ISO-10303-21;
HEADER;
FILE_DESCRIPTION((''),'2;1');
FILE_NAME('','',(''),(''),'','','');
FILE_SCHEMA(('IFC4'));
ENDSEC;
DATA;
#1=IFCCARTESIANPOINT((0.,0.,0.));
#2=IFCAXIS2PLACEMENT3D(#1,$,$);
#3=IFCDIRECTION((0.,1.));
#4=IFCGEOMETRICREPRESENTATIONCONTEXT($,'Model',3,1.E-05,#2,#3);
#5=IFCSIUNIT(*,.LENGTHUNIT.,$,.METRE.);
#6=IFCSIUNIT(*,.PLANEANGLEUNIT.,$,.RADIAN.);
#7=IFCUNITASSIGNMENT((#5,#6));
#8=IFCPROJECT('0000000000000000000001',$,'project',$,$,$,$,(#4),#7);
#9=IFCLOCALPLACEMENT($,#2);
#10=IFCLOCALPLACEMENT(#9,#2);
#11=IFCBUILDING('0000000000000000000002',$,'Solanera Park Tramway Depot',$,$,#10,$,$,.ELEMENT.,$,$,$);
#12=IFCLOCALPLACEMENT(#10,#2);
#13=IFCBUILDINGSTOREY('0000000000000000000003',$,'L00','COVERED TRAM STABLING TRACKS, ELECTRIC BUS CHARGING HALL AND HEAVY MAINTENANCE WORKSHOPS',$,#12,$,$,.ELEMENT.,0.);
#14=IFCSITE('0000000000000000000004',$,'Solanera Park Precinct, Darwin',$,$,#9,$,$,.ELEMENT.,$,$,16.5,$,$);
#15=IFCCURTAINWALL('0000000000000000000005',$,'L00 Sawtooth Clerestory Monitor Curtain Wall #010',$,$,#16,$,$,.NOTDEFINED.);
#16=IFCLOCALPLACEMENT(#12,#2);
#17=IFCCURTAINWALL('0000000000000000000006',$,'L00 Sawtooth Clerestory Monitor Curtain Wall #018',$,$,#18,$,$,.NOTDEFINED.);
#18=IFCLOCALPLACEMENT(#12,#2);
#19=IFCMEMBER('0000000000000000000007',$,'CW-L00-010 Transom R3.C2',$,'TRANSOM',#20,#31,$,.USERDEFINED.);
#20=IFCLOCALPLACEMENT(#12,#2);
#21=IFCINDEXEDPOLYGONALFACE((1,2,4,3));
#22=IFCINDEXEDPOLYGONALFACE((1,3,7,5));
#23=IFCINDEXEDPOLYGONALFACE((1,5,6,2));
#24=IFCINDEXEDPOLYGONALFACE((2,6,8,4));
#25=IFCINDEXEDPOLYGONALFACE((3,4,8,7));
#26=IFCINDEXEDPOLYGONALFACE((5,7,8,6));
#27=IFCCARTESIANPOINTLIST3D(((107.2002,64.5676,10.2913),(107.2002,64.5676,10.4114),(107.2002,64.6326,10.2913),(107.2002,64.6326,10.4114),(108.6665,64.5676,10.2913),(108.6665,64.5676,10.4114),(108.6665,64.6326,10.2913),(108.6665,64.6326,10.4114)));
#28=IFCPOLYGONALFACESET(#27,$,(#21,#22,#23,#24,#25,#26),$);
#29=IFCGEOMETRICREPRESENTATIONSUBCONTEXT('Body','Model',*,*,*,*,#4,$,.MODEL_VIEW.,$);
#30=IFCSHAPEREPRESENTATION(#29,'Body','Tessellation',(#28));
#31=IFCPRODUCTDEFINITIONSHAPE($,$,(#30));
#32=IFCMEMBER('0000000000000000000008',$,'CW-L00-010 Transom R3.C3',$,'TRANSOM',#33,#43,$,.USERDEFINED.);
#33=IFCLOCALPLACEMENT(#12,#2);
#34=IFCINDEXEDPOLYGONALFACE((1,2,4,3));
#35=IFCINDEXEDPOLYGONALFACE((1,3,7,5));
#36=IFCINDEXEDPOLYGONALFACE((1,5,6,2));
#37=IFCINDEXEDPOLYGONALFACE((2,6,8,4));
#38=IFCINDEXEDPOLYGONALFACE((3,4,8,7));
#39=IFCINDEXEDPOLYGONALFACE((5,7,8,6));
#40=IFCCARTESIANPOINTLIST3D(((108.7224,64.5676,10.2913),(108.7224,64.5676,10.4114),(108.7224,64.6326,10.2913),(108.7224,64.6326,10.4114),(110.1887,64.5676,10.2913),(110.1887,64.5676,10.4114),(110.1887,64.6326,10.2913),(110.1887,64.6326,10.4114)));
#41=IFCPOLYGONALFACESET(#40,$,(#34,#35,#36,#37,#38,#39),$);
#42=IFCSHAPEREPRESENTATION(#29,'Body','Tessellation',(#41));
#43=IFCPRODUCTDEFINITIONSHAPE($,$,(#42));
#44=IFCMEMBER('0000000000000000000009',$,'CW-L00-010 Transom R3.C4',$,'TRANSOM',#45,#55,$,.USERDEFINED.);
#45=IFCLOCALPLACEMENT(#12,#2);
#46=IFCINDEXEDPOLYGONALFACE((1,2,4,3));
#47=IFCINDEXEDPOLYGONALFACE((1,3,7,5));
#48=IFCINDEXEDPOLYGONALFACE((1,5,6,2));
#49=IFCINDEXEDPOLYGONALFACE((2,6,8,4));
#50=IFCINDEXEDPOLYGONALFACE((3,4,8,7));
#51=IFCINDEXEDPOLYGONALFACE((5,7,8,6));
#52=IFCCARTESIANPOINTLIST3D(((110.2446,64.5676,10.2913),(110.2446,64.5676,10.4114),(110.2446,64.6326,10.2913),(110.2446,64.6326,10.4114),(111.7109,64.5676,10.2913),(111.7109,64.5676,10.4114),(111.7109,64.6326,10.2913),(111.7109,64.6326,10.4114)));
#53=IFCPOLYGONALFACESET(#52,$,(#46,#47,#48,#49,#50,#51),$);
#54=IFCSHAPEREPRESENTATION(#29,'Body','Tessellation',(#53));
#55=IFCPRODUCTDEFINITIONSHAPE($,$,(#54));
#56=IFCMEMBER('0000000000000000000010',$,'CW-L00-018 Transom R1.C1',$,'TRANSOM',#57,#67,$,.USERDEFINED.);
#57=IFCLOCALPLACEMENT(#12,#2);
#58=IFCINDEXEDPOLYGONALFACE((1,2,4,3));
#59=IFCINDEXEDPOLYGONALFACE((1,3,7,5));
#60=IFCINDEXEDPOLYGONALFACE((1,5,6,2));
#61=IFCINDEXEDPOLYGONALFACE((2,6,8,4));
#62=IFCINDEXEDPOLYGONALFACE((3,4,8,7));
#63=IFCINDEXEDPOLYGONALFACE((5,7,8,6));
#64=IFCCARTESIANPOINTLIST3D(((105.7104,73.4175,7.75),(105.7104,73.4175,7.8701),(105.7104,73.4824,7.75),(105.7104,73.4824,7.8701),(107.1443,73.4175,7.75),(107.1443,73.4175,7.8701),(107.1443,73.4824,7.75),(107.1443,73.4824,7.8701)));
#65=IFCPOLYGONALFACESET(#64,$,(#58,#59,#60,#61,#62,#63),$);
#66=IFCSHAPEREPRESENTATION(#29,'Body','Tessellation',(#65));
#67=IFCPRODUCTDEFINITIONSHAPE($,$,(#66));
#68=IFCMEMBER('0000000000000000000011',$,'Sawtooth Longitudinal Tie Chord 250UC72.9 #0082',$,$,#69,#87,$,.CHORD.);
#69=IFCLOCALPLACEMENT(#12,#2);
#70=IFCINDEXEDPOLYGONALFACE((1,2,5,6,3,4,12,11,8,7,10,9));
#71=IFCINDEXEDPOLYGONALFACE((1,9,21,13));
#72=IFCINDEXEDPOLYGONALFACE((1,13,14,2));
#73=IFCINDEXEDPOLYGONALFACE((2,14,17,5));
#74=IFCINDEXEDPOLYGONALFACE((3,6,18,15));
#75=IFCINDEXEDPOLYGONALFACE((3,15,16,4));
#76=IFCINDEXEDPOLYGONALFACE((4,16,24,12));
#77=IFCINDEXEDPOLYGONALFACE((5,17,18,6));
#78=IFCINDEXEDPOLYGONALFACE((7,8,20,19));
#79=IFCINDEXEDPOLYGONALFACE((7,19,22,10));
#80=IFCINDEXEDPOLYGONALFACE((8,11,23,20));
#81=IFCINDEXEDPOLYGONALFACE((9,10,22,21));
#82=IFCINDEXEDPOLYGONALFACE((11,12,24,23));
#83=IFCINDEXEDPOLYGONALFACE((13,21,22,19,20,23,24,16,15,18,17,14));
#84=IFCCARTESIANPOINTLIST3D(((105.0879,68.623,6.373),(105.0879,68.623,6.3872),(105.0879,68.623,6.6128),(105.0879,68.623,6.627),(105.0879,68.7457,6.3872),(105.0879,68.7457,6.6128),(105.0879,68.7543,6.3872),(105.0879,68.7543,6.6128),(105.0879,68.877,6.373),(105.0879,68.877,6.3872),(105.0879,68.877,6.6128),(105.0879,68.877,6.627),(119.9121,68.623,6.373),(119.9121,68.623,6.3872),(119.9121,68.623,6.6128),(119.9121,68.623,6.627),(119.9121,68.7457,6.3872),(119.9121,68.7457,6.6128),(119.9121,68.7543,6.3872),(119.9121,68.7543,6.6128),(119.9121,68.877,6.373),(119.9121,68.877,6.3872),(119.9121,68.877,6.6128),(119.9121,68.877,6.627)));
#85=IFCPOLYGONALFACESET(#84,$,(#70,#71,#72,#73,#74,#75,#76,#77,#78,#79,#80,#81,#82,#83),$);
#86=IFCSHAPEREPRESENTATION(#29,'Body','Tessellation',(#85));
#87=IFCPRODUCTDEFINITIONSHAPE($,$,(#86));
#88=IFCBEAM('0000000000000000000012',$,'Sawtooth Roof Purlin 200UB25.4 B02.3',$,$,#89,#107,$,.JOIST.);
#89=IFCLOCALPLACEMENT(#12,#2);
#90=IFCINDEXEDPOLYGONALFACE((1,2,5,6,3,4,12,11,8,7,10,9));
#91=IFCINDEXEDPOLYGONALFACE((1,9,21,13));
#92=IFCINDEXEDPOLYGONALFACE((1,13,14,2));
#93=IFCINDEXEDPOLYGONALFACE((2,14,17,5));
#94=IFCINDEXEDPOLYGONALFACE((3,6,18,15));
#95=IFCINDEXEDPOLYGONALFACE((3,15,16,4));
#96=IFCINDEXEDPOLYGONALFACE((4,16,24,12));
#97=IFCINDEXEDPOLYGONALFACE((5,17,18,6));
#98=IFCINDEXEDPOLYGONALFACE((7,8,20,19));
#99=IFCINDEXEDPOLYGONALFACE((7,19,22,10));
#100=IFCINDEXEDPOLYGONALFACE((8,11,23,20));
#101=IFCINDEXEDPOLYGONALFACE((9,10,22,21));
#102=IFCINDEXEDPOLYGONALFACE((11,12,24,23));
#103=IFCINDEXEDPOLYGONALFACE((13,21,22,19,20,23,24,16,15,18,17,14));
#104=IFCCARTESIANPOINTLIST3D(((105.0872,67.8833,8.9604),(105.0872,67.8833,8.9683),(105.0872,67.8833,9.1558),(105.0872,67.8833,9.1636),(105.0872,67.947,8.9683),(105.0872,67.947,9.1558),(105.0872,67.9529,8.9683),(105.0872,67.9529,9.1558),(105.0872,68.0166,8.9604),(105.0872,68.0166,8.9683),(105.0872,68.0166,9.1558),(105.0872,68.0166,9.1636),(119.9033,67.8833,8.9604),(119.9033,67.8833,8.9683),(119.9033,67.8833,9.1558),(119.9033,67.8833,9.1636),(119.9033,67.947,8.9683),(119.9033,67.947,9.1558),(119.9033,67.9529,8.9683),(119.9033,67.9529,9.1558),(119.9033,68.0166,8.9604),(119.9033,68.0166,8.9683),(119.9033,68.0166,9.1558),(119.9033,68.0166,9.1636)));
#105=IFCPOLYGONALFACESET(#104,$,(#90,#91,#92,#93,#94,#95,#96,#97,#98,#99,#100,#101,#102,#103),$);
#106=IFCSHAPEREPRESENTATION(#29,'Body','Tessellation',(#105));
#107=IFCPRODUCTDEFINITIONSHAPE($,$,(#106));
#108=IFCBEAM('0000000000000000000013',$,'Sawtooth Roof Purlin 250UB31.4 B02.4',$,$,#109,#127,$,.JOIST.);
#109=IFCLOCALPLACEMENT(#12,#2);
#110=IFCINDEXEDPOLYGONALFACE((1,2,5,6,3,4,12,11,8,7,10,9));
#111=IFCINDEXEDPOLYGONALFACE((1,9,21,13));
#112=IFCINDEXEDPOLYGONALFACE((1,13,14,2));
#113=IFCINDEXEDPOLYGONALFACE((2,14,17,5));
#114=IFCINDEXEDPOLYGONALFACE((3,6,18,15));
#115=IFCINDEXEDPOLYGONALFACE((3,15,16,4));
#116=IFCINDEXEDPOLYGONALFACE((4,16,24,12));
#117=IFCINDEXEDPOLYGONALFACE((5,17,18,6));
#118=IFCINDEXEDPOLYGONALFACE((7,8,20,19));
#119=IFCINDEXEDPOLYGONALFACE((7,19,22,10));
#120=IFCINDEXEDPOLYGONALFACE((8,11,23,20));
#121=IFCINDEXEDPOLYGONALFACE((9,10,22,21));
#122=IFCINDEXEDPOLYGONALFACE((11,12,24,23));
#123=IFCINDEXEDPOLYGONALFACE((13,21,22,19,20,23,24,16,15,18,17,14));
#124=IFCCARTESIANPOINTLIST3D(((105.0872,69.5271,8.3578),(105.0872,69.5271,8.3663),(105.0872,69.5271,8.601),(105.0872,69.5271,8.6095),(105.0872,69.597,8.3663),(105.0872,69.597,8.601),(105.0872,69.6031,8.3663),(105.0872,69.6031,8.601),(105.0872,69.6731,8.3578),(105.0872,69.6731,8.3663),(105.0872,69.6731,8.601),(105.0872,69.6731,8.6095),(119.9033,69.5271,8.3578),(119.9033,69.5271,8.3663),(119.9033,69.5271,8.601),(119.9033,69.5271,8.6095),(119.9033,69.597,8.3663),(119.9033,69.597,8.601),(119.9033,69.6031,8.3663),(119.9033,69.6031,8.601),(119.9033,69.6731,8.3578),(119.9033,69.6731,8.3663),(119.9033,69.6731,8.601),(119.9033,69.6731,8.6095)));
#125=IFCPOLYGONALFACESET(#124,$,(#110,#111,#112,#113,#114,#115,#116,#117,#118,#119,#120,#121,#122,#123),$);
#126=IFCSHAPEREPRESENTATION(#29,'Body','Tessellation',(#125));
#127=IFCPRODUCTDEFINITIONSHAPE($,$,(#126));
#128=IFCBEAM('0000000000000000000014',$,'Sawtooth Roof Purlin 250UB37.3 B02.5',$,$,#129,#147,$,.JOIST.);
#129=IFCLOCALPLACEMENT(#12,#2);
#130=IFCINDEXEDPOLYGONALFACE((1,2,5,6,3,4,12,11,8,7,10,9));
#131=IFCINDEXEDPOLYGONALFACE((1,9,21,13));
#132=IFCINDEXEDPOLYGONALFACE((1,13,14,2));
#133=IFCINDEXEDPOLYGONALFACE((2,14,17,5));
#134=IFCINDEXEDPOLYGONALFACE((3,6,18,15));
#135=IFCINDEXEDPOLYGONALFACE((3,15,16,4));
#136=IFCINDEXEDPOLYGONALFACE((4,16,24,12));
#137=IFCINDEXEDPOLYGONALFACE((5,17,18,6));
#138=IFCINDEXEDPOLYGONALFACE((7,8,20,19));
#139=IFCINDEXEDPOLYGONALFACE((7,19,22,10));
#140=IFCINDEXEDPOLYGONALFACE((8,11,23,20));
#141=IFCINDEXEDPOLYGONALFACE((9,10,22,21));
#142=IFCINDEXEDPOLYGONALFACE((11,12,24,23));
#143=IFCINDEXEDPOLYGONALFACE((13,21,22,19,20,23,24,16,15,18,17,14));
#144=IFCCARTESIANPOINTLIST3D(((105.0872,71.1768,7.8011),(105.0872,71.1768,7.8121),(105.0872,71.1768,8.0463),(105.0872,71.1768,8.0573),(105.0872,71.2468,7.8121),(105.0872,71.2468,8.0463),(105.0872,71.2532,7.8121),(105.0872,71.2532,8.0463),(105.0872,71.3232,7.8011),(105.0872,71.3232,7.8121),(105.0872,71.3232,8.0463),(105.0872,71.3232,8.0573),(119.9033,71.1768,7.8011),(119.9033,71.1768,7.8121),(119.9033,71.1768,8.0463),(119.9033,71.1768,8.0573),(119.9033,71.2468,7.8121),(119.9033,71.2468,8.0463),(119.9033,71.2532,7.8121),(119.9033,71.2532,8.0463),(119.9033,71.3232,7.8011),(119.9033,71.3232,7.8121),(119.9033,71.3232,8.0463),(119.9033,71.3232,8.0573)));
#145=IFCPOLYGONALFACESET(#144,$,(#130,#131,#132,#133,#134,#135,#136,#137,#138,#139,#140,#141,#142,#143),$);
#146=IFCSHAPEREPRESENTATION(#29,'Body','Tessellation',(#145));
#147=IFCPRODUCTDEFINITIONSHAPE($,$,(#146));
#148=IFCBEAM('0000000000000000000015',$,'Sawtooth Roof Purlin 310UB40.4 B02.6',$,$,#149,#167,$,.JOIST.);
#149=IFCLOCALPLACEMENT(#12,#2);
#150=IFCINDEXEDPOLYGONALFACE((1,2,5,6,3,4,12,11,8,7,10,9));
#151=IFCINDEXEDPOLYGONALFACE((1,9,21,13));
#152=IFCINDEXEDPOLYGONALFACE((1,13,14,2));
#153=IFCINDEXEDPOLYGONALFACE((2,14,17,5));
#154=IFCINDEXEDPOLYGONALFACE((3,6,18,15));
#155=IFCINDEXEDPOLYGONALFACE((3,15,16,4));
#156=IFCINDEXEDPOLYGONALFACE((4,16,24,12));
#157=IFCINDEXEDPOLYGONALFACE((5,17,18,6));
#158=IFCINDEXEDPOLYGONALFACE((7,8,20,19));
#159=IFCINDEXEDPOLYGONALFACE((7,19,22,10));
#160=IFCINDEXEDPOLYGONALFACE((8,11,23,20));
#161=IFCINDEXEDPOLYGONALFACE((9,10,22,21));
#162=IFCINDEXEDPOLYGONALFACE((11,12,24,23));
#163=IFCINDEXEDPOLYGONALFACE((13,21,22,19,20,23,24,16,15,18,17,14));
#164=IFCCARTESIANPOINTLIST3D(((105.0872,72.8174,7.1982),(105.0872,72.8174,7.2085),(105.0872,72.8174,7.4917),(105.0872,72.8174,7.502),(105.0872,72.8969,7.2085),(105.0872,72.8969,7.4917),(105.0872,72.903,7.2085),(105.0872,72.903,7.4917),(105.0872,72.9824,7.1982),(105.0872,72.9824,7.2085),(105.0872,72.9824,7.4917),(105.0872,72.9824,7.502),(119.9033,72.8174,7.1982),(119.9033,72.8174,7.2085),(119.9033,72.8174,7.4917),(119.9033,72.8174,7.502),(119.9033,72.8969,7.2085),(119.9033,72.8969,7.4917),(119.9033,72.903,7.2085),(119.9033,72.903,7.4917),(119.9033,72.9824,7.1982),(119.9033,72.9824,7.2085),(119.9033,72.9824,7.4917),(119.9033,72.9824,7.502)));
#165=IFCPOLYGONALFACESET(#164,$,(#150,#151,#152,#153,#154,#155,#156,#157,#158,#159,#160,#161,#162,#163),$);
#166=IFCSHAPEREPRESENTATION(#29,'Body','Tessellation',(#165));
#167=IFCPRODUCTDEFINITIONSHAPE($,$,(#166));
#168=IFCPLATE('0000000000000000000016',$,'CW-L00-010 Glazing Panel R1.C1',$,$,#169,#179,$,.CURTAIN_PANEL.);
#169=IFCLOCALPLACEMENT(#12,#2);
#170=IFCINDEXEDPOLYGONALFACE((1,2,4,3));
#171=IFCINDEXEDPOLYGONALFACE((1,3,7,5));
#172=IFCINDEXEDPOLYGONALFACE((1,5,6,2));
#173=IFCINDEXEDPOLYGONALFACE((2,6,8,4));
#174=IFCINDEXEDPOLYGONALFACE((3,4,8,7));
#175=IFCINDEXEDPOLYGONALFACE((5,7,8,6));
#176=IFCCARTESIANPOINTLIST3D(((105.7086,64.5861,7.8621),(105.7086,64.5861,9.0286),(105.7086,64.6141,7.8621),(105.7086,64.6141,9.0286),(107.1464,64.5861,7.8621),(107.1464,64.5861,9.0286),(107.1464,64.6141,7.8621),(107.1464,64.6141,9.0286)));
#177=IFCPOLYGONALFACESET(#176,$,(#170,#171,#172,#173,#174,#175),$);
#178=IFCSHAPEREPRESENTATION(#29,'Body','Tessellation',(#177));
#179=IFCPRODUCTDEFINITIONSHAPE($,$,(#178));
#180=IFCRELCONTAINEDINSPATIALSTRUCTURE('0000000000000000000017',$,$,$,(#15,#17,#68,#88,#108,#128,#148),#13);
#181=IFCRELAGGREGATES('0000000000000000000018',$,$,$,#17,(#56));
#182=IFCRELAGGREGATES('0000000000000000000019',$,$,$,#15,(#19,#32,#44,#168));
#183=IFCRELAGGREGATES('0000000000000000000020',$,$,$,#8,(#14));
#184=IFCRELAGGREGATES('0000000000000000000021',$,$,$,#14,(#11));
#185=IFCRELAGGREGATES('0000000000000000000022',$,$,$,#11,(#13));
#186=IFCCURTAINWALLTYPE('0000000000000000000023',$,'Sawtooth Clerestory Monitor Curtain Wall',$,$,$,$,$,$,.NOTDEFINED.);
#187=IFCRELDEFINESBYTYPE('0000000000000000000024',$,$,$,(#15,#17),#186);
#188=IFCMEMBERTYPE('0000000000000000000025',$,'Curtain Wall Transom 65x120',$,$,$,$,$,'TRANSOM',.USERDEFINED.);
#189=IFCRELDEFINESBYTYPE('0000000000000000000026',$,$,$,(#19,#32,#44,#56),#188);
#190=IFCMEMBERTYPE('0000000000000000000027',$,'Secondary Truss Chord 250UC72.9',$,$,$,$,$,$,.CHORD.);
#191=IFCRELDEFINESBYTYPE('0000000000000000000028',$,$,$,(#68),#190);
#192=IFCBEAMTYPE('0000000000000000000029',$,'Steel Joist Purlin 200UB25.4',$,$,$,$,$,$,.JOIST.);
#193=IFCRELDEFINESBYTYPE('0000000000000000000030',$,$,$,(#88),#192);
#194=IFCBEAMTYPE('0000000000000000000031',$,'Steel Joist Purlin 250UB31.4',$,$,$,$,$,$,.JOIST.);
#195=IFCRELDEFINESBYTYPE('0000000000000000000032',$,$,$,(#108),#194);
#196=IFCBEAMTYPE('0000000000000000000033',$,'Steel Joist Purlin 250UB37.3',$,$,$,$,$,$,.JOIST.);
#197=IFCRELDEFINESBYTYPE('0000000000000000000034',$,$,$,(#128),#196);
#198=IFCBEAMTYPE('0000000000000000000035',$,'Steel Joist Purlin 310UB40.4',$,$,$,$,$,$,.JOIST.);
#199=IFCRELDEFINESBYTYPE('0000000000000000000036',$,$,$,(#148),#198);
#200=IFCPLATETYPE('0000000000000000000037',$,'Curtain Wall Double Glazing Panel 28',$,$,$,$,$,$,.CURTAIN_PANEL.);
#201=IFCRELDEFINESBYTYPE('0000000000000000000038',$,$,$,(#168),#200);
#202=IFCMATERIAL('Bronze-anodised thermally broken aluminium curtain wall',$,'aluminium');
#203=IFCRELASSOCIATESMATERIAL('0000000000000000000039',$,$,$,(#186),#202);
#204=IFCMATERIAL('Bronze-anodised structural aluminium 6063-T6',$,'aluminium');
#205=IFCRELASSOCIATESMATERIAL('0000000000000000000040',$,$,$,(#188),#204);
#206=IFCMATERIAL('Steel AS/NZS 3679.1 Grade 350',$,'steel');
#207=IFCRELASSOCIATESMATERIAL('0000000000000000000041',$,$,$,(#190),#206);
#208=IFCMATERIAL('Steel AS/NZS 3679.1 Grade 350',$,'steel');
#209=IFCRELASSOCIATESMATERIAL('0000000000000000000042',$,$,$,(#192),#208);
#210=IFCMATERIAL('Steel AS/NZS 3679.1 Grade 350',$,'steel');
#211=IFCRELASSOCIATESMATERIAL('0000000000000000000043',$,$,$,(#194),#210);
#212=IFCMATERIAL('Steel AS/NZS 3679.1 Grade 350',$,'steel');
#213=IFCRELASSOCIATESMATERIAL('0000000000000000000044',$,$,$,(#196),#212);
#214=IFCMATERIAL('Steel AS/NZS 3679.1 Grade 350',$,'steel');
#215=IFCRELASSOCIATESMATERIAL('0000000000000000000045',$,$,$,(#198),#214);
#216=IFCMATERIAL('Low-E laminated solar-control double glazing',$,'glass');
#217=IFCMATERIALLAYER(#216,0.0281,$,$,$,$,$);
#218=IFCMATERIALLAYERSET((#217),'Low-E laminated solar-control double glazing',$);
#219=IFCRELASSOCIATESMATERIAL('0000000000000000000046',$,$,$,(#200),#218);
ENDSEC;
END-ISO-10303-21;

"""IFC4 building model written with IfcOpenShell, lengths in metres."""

from ifc_helpers import new_model, si_unit, direction, frame, origin, origin_2d, place, context, subcontext, project, spatial, rectangle, i_section, extrude, material, layer, layer_set, material_profile, profile_set, type_object, element, aggregate, save


model = new_model("IFC4")

# Units and contexts
model_context = context("Model", 3, precision=1e-05, world=origin(), true_north=direction((0.0, 1.0)))
body_context = subcontext(model_context, "Body", "Model", "MODEL_VIEW")
ifc_project = project(units=[si_unit("LENGTHUNIT", "METRE"), si_unit("PLANEANGLEUNIT", "RADIAN")], contexts=[model_context])

# Site, building, storey
site_placement = place(None, origin())
site = spatial("IfcSite", under=ifc_project, at=site_placement, Name="Solanera Park Precinct, Darwin", CompositionType="ELEMENT", RefElevation=16.5)
building_placement = place(site_placement, origin())
building = spatial("IfcBuilding", under=site, at=building_placement, Name="Solanera Park Tramway Depot", CompositionType="ELEMENT")
storey_placement = place(building_placement, origin())
storey = spatial("IfcBuildingStorey", under=building, at=storey_placement, Name="L00", Description="COVERED TRAM STABLING TRACKS, ELECTRIC BUS CHARGING HALL AND HEAVY MAINTENANCE WORKSHOPS", CompositionType="ELEMENT", Elevation=0.0)

# Curtain wall
ifc_material_1 = material(Name="Bronze-anodised thermally broken aluminium curtain wall", Category="aluminium")
curtain_wall_type = type_object("IfcCurtainWallType", Name="Sawtooth Clerestory Monitor Curtain Wall", PredefinedType="NOTDEFINED", material=ifc_material_1)
curtain_wall_1_placement = place(storey_placement, origin())
curtain_wall_1 = element("IfcCurtainWall", 1, at=curtain_wall_1_placement, inside=storey, type_object=curtain_wall_type, Name="L00 Sawtooth Clerestory Monitor Curtain Wall #010", PredefinedType="NOTDEFINED")

# Curtain wall
curtain_wall_2_placement = place(storey_placement, origin())
curtain_wall_2 = element("IfcCurtainWall", 2, at=curtain_wall_2_placement, inside=storey, type_object=curtain_wall_type, Name="L00 Sawtooth Clerestory Monitor Curtain Wall #018", PredefinedType="NOTDEFINED")

# Members
ifc_material_2 = material(Name="Bronze-anodised structural aluminium 6063-T6", Category="aluminium")
ifc_material_profile_1 = material_profile(ifc_material_2, rectangle(XDim=0.0649, YDim=0.1201, at=origin_2d()), Name="Curtain Wall Transom 65x120")
ifc_profile_set_1 = profile_set([ifc_material_profile_1], Name="Bronze-anodised structural aluminium 6063-T6")
member_type_1 = type_object("IfcMemberType", Name="Curtain Wall Transom 65x120", ElementType="TRANSOM", PredefinedType="USERDEFINED", material=ifc_profile_set_1)
member_1_placement = place(storey_placement, frame((107.2002, 64.6001, 10.3513), z_axis=(1.0, 0.0, 0.0), x_axis=(0.0, 1.0, 0.0)))
member_1 = element("IfcMember", 3, at=member_1_placement, type_object=member_type_1, Name="CW-L00-010 Transom R3.C2", ObjectType="TRANSOM", PredefinedType="USERDEFINED", context=body_context, shape_type="SweptSolid", body=[
    extrude(rectangle(XDim=0.0649, YDim=0.1201, at=origin_2d()), origin(), (0.0, 0.0, 1.0), 1.4663),
])
member_2_placement = place(storey_placement, frame((108.7224, 64.6001, 10.3513), z_axis=(1.0, 0.0, 0.0), x_axis=(0.0, 1.0, 0.0)))
member_2 = element("IfcMember", 4, at=member_2_placement, type_object=member_type_1, Name="CW-L00-010 Transom R3.C3", ObjectType="TRANSOM", PredefinedType="USERDEFINED", context=body_context, shape_type="SweptSolid", body=[
    extrude(rectangle(XDim=0.0649, YDim=0.1201, at=origin_2d()), origin(), (0.0, 0.0, 1.0), 1.4663),
])
member_3_placement = place(storey_placement, frame((110.2446, 64.6001, 10.3513), z_axis=(1.0, 0.0, 0.0), x_axis=(0.0, 1.0, 0.0)))
member_3 = element("IfcMember", 5, at=member_3_placement, type_object=member_type_1, Name="CW-L00-010 Transom R3.C4", ObjectType="TRANSOM", PredefinedType="USERDEFINED", context=body_context, shape_type="SweptSolid", body=[
    extrude(rectangle(XDim=0.0649, YDim=0.1201, at=origin_2d()), origin(), (0.0, 0.0, 1.0), 1.4663),
])
member_4_placement = place(storey_placement, frame((105.7104, 73.45, 7.8101), z_axis=(1.0, 0.0, 0.0), x_axis=(0.0, 1.0, 0.0)))
member_4 = element("IfcMember", 6, at=member_4_placement, type_object=member_type_1, Name="CW-L00-018 Transom R1.C1", ObjectType="TRANSOM", PredefinedType="USERDEFINED", context=body_context, shape_type="SweptSolid", body=[
    extrude(rectangle(XDim=0.0649, YDim=0.1201, at=origin_2d()), origin(), (0.0, 0.0, 1.0), 1.4338),
])
aggregate(curtain_wall_2, [member_4])
ifc_material_3 = material(Name="Steel AS/NZS 3679.1 Grade 350", Category="steel")
ifc_material_profile_2 = material_profile(ifc_material_3, i_section(OverallWidth=0.2539, OverallDepth=0.2539, WebThickness=0.0085, FlangeThickness=0.0142, at=origin_2d()), Name="250UC72.9")
ifc_profile_set_2 = profile_set([ifc_material_profile_2], Name="Steel AS/NZS 3679.1 Grade 350")
member_type_2 = type_object("IfcMemberType", Name="Secondary Truss Chord 250UC72.9", PredefinedType="CHORD", material=ifc_profile_set_2)
member_5_placement = place(storey_placement, frame((105.0879, 68.75, 6.5), z_axis=(1.0, 0.0, 0.0), x_axis=(0.0, 1.0, 0.0)))
element("IfcMember", 7, at=member_5_placement, inside=storey, type_object=member_type_2, Name="Sawtooth Longitudinal Tie Chord 250UC72.9 #0082", PredefinedType="CHORD", context=body_context, shape_type="SweptSolid", body=[
    extrude(i_section(OverallWidth=0.2539, OverallDepth=0.2539, WebThickness=0.0085, FlangeThickness=0.0142, at=origin_2d()), origin(), (0.0, 0.0, 1.0), 14.8242),
])

# Beams
ifc_material_4 = material(Name="Steel AS/NZS 3679.1 Grade 350", Category="steel")
ifc_material_profile_3 = material_profile(ifc_material_4, i_section(OverallWidth=0.1333, OverallDepth=0.2031, WebThickness=0.0059, FlangeThickness=0.0078, at=origin_2d()), Name="200UB25.4")
ifc_profile_set_3 = profile_set([ifc_material_profile_3], Name="Steel AS/NZS 3679.1 Grade 350")
beam_type_1 = type_object("IfcBeamType", Name="Steel Joist Purlin 200UB25.4", PredefinedType="JOIST", material=ifc_profile_set_3)
beam_1_placement = place(storey_placement, frame((105.0872, 67.95, 9.062), z_axis=(1.0, 0.0, 0.0), x_axis=(0.0, 1.0, 0.0)))
element("IfcBeam", 8, at=beam_1_placement, inside=storey, type_object=beam_type_1, Name="Sawtooth Roof Purlin 200UB25.4 B02.3", PredefinedType="JOIST", context=body_context, shape_type="SweptSolid", body=[
    extrude(i_section(OverallWidth=0.1333, OverallDepth=0.2031, WebThickness=0.0059, FlangeThickness=0.0078, at=origin_2d()), origin(), (0.0, 0.0, 1.0), 14.8162),
])
ifc_material_5 = material(Name="Steel AS/NZS 3679.1 Grade 350", Category="steel")
ifc_material_profile_4 = material_profile(ifc_material_5, i_section(OverallWidth=0.146, OverallDepth=0.2517, WebThickness=0.0061, FlangeThickness=0.0085, at=origin_2d()), Name="250UB31.4")
ifc_profile_set_4 = profile_set([ifc_material_profile_4], Name="Steel AS/NZS 3679.1 Grade 350")
beam_type_2 = type_object("IfcBeamType", Name="Steel Joist Purlin 250UB31.4", PredefinedType="JOIST", material=ifc_profile_set_4)
beam_2_placement = place(storey_placement, frame((105.0872, 69.6001, 8.4836), z_axis=(1.0, 0.0, 0.0), x_axis=(0.0, 1.0, 0.0)))
element("IfcBeam", 9, at=beam_2_placement, inside=storey, type_object=beam_type_2, Name="Sawtooth Roof Purlin 250UB31.4 B02.4", PredefinedType="JOIST", context=body_context, shape_type="SweptSolid", body=[
    extrude(i_section(OverallWidth=0.146, OverallDepth=0.2517, WebThickness=0.0061, FlangeThickness=0.0085, at=origin_2d()), origin(), (0.0, 0.0, 1.0), 14.8162),
])
ifc_material_6 = material(Name="Steel AS/NZS 3679.1 Grade 350", Category="steel")
ifc_material_profile_5 = material_profile(ifc_material_6, i_section(OverallWidth=0.1465, OverallDepth=0.2561, WebThickness=0.0063, FlangeThickness=0.011, at=origin_2d()), Name="250UB37.3")
ifc_profile_set_5 = profile_set([ifc_material_profile_5], Name="Steel AS/NZS 3679.1 Grade 350")
beam_type_3 = type_object("IfcBeamType", Name="Steel Joist Purlin 250UB37.3", PredefinedType="JOIST", material=ifc_profile_set_5)
beam_3_placement = place(storey_placement, frame((105.0872, 71.25, 7.9292), z_axis=(1.0, 0.0, 0.0), x_axis=(0.0, 1.0, 0.0)))
element("IfcBeam", 10, at=beam_3_placement, inside=storey, type_object=beam_type_3, Name="Sawtooth Roof Purlin 250UB37.3 B02.5", PredefinedType="JOIST", context=body_context, shape_type="SweptSolid", body=[
    extrude(i_section(OverallWidth=0.1465, OverallDepth=0.2561, WebThickness=0.0063, FlangeThickness=0.011, at=origin_2d()), origin(), (0.0, 0.0, 1.0), 14.8162),
])
ifc_material_7 = material(Name="Steel AS/NZS 3679.1 Grade 350", Category="steel")
ifc_material_profile_6 = material_profile(ifc_material_7, i_section(OverallWidth=0.165, OverallDepth=0.3037, WebThickness=0.0061, FlangeThickness=0.0103, at=origin_2d()), Name="310UB40.4")
ifc_profile_set_6 = profile_set([ifc_material_profile_6], Name="Steel AS/NZS 3679.1 Grade 350")
beam_type_4 = type_object("IfcBeamType", Name="Steel Joist Purlin 310UB40.4", PredefinedType="JOIST", material=ifc_profile_set_6)
beam_4_placement = place(storey_placement, frame((105.0872, 72.8999, 7.3501), z_axis=(1.0, 0.0, 0.0), x_axis=(0.0, 1.0, 0.0)))
element("IfcBeam", 11, at=beam_4_placement, inside=storey, type_object=beam_type_4, Name="Sawtooth Roof Purlin 310UB40.4 B02.6", PredefinedType="JOIST", context=body_context, shape_type="SweptSolid", body=[
    extrude(i_section(OverallWidth=0.165, OverallDepth=0.3037, WebThickness=0.0061, FlangeThickness=0.0103, at=origin_2d()), origin(), (0.0, 0.0, 1.0), 14.8162),
])

# Plate
ifc_material_8 = material(Name="Low-E laminated solar-control double glazing", Category="glass")
ifc_layer = layer(ifc_material_8, 0.0281)
ifc_layer_set = layer_set([ifc_layer], Name="Low-E laminated solar-control double glazing")
plate_type = type_object("IfcPlateType", Name="Curtain Wall Double Glazing Panel 28", PredefinedType="CURTAIN_PANEL", material=ifc_layer_set)
plate_1_placement = place(storey_placement, frame((106.4275, 64.6001, 7.8621), z_axis=(0.0, 0.0, 1.0), x_axis=(1.0, 0.0, 0.0)))
plate_1 = element("IfcPlate", 12, at=plate_1_placement, type_object=plate_type, Name="CW-L00-010 Glazing Panel R1.C1", PredefinedType="CURTAIN_PANEL", context=body_context, shape_type="SweptSolid", body=[
    extrude(rectangle(XDim=1.4377, YDim=0.0281, at=origin_2d()), origin(), (0.0, 0.0, 1.0), 1.1665),
])
aggregate(curtain_wall_1, [member_1, member_2, member_3, plate_1])

save(model, "model.ifc")
